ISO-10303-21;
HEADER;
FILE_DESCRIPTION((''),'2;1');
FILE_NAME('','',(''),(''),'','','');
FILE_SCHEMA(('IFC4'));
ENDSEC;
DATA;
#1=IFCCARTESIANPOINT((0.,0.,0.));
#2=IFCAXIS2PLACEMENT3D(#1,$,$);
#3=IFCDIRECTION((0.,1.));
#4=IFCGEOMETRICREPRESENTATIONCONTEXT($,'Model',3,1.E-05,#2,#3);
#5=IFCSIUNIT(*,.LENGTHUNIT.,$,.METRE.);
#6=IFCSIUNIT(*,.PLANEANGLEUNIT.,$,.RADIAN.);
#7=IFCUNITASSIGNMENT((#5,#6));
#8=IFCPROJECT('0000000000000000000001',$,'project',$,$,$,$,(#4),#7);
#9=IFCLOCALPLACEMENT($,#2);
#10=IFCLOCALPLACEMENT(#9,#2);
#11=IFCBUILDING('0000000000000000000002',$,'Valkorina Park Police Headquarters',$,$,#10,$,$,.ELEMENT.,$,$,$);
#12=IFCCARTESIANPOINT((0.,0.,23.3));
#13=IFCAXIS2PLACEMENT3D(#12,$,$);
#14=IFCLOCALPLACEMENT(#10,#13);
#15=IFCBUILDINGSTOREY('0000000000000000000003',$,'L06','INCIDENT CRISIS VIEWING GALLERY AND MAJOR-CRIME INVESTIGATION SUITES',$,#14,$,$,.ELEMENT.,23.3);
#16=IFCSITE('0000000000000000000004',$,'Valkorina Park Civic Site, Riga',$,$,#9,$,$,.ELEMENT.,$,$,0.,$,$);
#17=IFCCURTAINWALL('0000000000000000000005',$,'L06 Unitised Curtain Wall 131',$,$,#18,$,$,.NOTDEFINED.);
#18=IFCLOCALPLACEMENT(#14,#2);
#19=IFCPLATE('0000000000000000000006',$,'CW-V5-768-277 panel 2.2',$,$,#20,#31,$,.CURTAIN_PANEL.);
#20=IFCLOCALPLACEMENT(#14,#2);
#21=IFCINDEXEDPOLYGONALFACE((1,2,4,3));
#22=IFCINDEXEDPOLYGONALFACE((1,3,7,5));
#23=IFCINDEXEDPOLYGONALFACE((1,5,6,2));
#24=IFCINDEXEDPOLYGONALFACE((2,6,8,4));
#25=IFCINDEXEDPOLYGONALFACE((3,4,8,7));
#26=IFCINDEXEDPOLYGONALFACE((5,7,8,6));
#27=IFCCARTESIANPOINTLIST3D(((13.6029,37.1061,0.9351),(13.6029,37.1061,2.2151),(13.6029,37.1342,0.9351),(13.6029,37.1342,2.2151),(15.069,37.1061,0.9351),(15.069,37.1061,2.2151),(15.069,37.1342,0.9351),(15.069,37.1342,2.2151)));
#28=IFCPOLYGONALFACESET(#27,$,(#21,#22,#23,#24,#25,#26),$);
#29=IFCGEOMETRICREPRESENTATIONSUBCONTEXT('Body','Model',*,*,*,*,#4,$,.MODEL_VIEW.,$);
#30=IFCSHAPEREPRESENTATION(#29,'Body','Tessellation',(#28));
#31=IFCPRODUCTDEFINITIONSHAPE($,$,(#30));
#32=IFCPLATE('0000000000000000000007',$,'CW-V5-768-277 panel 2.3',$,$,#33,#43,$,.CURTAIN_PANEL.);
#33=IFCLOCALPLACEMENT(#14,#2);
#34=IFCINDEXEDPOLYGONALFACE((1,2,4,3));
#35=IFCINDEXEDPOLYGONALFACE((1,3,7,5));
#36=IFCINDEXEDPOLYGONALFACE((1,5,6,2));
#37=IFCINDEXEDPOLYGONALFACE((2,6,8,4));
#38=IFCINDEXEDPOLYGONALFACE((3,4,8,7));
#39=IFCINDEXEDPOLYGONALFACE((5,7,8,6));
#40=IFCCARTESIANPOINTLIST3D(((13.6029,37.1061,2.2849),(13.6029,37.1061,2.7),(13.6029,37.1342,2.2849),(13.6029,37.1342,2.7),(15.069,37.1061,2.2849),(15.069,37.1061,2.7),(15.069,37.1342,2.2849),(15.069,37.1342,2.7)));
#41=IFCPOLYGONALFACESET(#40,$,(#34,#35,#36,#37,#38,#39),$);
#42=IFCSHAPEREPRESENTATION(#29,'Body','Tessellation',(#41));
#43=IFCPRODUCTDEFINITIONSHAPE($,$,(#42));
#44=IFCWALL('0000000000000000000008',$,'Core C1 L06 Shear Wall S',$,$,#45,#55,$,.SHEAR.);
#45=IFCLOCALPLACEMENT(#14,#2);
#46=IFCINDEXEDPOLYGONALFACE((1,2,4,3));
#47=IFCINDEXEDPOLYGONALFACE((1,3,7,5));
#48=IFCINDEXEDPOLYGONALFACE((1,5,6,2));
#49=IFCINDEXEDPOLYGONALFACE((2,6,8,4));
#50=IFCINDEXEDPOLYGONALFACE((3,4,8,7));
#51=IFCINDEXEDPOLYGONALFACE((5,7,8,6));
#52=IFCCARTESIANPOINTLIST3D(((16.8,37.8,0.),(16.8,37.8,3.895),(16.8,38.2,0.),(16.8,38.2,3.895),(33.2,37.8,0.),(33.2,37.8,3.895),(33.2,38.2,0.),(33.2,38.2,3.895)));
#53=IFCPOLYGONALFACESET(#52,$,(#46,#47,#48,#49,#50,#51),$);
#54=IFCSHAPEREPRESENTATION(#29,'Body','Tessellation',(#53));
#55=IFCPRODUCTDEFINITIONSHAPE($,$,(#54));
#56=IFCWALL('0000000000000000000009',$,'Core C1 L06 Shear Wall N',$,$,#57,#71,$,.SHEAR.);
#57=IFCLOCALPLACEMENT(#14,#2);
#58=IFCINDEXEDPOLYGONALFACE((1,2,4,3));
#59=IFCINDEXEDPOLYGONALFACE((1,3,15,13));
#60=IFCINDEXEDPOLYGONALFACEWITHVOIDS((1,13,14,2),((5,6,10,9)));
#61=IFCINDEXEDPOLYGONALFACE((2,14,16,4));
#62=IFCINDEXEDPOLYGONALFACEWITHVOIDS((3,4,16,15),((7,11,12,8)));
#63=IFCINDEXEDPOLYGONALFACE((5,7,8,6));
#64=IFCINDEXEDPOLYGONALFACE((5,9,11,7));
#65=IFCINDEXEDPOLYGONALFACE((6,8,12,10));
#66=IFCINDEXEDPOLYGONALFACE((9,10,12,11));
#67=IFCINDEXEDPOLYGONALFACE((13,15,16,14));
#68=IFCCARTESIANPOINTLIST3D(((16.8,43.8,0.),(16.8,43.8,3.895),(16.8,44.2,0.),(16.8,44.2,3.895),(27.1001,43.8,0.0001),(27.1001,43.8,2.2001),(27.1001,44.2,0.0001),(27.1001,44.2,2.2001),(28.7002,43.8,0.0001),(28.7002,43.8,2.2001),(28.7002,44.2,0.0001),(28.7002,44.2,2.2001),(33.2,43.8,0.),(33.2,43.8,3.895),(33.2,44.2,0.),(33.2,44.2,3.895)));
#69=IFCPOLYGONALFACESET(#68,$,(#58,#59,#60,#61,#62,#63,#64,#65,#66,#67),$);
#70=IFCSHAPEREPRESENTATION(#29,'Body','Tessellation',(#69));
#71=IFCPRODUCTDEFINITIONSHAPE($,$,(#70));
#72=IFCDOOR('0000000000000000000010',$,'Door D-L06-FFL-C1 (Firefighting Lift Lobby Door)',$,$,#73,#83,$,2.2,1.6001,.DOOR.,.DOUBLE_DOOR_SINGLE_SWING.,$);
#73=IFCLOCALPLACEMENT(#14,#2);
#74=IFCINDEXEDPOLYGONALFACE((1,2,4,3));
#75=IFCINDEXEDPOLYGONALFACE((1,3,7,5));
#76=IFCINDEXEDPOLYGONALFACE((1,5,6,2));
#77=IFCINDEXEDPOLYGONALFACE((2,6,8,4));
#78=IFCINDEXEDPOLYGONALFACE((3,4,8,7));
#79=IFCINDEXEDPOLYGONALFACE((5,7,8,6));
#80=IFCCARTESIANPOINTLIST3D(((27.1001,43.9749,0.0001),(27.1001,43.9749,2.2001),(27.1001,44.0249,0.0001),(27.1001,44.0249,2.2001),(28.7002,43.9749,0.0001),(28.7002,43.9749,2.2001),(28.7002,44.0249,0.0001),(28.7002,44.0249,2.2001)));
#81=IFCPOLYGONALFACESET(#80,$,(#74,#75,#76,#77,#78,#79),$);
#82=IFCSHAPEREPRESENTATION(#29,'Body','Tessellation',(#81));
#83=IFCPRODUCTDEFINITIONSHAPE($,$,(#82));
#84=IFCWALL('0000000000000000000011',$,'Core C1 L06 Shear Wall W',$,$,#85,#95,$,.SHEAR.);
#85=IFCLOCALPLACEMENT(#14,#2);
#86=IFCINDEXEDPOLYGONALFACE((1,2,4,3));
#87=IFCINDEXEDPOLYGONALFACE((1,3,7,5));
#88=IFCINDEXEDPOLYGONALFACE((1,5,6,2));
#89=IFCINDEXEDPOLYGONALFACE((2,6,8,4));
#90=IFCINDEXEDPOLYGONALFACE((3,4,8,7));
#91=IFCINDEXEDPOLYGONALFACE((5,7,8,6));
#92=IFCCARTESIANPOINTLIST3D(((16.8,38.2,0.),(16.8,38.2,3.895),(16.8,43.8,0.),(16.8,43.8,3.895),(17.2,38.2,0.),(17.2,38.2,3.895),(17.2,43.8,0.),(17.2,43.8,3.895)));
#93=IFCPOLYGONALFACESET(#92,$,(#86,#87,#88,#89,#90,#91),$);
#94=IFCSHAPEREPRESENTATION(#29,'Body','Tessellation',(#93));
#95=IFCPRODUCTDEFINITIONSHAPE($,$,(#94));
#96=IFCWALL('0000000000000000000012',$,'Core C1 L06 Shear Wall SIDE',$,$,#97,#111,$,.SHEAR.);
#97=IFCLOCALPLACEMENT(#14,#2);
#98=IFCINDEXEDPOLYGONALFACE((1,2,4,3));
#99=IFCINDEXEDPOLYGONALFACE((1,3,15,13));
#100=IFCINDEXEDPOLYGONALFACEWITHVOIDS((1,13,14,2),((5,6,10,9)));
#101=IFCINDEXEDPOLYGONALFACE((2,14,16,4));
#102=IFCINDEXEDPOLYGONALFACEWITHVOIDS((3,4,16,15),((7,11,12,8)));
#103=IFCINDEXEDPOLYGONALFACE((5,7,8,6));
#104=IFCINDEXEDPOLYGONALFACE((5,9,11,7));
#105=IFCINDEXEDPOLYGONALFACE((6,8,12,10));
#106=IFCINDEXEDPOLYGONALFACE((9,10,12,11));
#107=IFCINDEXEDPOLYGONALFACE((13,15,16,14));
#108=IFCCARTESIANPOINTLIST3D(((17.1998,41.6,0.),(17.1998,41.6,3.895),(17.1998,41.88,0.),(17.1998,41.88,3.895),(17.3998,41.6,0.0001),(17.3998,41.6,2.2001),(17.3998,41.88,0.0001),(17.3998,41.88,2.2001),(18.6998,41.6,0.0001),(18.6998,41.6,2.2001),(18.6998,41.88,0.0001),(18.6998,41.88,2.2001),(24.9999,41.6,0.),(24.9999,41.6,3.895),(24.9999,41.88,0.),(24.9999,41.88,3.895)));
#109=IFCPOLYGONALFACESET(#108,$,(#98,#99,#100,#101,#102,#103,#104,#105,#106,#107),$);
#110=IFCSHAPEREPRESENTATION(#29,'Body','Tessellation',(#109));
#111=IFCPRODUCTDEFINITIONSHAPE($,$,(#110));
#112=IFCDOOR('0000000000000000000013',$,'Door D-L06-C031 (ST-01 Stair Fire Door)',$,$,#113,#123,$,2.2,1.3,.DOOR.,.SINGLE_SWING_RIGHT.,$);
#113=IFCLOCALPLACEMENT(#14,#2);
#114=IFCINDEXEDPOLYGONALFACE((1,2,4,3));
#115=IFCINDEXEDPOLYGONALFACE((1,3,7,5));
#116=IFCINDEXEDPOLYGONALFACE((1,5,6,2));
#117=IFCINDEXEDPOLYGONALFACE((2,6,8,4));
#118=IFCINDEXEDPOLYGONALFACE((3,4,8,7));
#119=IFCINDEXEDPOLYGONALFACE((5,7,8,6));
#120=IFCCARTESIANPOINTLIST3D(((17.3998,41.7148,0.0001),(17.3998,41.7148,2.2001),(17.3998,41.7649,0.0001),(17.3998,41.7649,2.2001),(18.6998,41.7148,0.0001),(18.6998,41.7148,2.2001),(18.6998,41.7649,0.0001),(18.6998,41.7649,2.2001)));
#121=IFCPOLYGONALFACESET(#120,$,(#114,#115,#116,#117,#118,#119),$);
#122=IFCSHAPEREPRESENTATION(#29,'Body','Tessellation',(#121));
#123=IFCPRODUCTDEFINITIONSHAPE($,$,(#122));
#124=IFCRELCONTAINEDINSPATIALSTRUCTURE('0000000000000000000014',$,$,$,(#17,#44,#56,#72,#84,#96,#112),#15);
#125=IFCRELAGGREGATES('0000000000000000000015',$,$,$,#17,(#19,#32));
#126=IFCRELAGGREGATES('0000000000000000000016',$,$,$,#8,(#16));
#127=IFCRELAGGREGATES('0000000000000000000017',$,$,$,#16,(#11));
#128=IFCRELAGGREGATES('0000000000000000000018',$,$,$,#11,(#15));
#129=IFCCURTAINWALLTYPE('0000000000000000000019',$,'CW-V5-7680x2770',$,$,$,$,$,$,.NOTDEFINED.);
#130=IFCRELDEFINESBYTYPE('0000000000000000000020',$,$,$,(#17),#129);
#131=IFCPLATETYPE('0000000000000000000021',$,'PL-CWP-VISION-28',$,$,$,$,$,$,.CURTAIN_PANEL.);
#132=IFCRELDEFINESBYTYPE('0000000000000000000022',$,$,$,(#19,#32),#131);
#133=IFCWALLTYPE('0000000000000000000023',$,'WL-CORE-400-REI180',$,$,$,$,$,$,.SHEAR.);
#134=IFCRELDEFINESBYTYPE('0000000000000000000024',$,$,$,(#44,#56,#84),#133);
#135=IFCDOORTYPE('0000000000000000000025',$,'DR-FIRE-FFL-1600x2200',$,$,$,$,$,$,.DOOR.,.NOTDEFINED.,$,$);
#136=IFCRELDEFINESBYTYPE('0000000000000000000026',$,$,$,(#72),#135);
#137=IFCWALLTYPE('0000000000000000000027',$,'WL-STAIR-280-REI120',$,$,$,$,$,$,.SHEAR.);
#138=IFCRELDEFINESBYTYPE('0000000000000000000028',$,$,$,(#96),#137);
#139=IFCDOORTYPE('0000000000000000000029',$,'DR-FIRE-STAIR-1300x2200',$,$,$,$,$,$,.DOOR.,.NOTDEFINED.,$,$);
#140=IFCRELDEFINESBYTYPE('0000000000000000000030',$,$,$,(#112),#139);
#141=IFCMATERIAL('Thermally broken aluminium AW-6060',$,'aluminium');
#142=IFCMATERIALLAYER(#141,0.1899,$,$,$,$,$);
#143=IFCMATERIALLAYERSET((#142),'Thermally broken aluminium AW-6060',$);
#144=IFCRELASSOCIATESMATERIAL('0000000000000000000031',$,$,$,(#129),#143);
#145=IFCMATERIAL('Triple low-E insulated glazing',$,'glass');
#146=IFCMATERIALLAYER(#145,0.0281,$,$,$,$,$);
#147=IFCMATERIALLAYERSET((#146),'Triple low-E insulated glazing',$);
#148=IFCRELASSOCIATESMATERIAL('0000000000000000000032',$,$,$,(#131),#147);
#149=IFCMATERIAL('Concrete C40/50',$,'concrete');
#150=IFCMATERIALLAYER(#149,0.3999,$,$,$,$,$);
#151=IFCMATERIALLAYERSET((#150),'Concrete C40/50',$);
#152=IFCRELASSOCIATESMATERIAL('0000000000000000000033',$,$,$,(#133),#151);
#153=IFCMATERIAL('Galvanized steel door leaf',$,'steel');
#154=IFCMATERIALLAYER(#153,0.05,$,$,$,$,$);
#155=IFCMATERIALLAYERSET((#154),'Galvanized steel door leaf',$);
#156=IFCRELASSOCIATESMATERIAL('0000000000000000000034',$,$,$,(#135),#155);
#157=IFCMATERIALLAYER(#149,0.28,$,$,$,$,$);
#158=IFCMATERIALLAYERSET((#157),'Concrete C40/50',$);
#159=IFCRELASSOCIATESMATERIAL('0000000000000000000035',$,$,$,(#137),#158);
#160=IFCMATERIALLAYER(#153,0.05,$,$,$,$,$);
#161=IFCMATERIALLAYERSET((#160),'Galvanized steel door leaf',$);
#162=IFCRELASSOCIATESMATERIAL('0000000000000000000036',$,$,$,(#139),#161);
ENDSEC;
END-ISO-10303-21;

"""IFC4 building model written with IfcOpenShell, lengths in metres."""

from ifc_helpers import new_model, si_unit, direction, frame, frame_2d, origin, origin_2d, place, context, subcontext, project, spatial, rectangle, extrude, material, layer, layer_set, type_object, element, fill, aggregate, save


model = new_model("IFC4")

# Units and contexts
model_context = context("Model", 3, precision=1e-05, world=origin(), true_north=direction((0.0, 1.0)))
body_context = subcontext(model_context, "Body", "Model", "MODEL_VIEW")
ifc_project = project(units=[si_unit("LENGTHUNIT", "METRE"), si_unit("PLANEANGLEUNIT", "RADIAN")], contexts=[model_context])

# Site, building, storey
site_placement = place(None, origin())
site = spatial("IfcSite", under=ifc_project, at=site_placement, Name="Valkorina Park Civic Site, Riga", CompositionType="ELEMENT", RefElevation=0.0)
building_placement = place(site_placement, origin())
building = spatial("IfcBuilding", under=site, at=building_placement, Name="Valkorina Park Police Headquarters", CompositionType="ELEMENT")
storey_placement = place(building_placement, frame((0.0, 0.0, 23.3)))
storey = spatial("IfcBuildingStorey", under=building, at=storey_placement, Name="L06", Description="INCIDENT CRISIS VIEWING GALLERY AND MAJOR-CRIME INVESTIGATION SUITES", CompositionType="ELEMENT", Elevation=23.3)

# Shared definitions
ifc_material_1 = material(Name="Thermally broken aluminium AW-6060", Category="aluminium")
ifc_layer_1 = layer(ifc_material_1, 0.1899)
ifc_layer_set_1 = layer_set([ifc_layer_1], Name="Thermally broken aluminium AW-6060")
curtain_wall_type = type_object("IfcCurtainWallType", Name="CW-V5-7680x2770", PredefinedType="NOTDEFINED", material=ifc_layer_set_1)

# Curtain wall
curtain_wall_1_placement = place(storey_placement, origin())
curtain_wall_1 = element("IfcCurtainWall", 1, at=curtain_wall_1_placement, inside=storey, type_object=curtain_wall_type, Name="L06 Unitised Curtain Wall 131", PredefinedType="NOTDEFINED")

# Plates
ifc_material_2 = material(Name="Triple low-E insulated glazing", Category="glass")
ifc_layer_2 = layer(ifc_material_2, 0.0281)
ifc_layer_set_2 = layer_set([ifc_layer_2], Name="Triple low-E insulated glazing")
plate_type_1 = type_object("IfcPlateType", Name="PL-CWP-VISION-28", PredefinedType="CURTAIN_PANEL", material=ifc_layer_set_2)
plate_1_placement = place(storey_placement, frame((14.3359, 37.1201, 0.9351), z_axis=(0.0, 0.0, 1.0), x_axis=(-1.0, 0.0, 0.0)))
plate_1 = element("IfcPlate", 2, at=plate_1_placement, type_object=plate_type_1, Name="CW-V5-768-277 panel 2.2", PredefinedType="CURTAIN_PANEL", context=body_context, shape_type="SweptSolid", body=[
    extrude(rectangle(XDim=1.4661, YDim=0.0281, at=origin_2d()), origin(), (0.0, 0.0, 1.0), 1.28),
])
plate_2_placement = place(storey_placement, frame((14.3359, 37.1201, 2.2849), z_axis=(0.0, 0.0, 1.0), x_axis=(-1.0, 0.0, 0.0)))
plate_2 = element("IfcPlate", 3, at=plate_2_placement, type_object=plate_type_1, Name="CW-V5-768-277 panel 2.3", PredefinedType="CURTAIN_PANEL", context=body_context, shape_type="SweptSolid", body=[
    extrude(rectangle(XDim=1.4661, YDim=0.0281, at=origin_2d()), origin(), (0.0, 0.0, 1.0), 0.415),
])
aggregate(curtain_wall_1, [plate_1, plate_2])

# Wall
ifc_material_3 = material(Name="Concrete C40/50", Category="concrete")
ifc_layer_3 = layer(ifc_material_3, 0.3999)
ifc_layer_set_3 = layer_set([ifc_layer_3], Name="Concrete C40/50")
wall_type_1 = type_object("IfcWallType", Name="WL-CORE-400-REI180", PredefinedType="SHEAR", material=ifc_layer_set_3)
wall_1_placement = place(storey_placement, frame((16.8, 38.0, 0.0), z_axis=(0.0, 0.0, 1.0), x_axis=(1.0, 0.0, 0.0)))
element("IfcWall", 4, at=wall_1_placement, inside=storey, type_object=wall_type_1, Name="Core C1 L06 Shear Wall S", PredefinedType="SHEAR", context=body_context, shape_type="SweptSolid", body=[
    extrude(rectangle(XDim=16.3999, YDim=0.3999, at=frame_2d((8.2, 0.0))), origin(), (0.0, 0.0, 1.0), 3.895),
])

# Wall, opening, door
wall_2_placement = place(storey_placement, frame((16.8, 44.0, 0.0), z_axis=(0.0, 0.0, 1.0), x_axis=(1.0, 0.0, 0.0)))
wall_2 = element("IfcWall", 5, at=wall_2_placement, inside=storey, type_object=wall_type_1, Name="Core C1 L06 Shear Wall N", PredefinedType="SHEAR", context=body_context, shape_type="SweptSolid", body=[
    extrude(rectangle(XDim=16.3999, YDim=0.3999, at=frame_2d((8.2, 0.0))), origin(), (0.0, 0.0, 1.0), 3.895),
])
opening_1_placement = place(wall_2_placement, frame((10.3, 0.0, 0.0)))
opening_1 = element("IfcOpeningElement", 6, at=opening_1_placement, cuts=wall_2, PredefinedType="OPENING", context=body_context, shape_type="SweptSolid", body=[
    extrude(rectangle(XDim=1.6001, YDim=2.2, at=frame_2d((0.8, 1.1001))), frame((0.0, 0.21, 0.0), z_axis=(0.0, -1.0, 0.0), x_axis=(1.0, 0.0, 0.0)), (0.0, 0.0, 1.0), 0.4199),
])
ifc_material_4 = material(Name="Galvanized steel door leaf", Category="steel")
ifc_layer_4 = layer(ifc_material_4, 0.05)
ifc_layer_set_4 = layer_set([ifc_layer_4], Name="Galvanized steel door leaf")
door_type_1 = type_object("IfcDoorType", Name="DR-FIRE-FFL-1600x2200", OperationType="NOTDEFINED", PredefinedType="DOOR", material=ifc_layer_set_4)
door_1_placement = place(opening_1_placement, origin())
door_1 = element("IfcDoor", 7, at=door_1_placement, inside=storey, type_object=door_type_1, Name="Door D-L06-FFL-C1 (Firefighting Lift Lobby Door)", OperationType="DOUBLE_DOOR_SINGLE_SWING", OverallHeight=2.2, OverallWidth=1.6001, PredefinedType="DOOR", context=body_context, shape_type="SweptSolid", body=[
    extrude(rectangle(XDim=1.6001, YDim=2.2, at=frame_2d((0.8, 1.1001))), frame((0.0, 0.0249, 0.0), z_axis=(0.0, -1.0, 0.0), x_axis=(1.0, 0.0, 0.0)), (0.0, 0.0, 1.0), 0.05),
])
fill(opening_1, door_1)

# Wall
wall_3_placement = place(storey_placement, frame((17.0, 38.2, 0.0), z_axis=(0.0, 0.0, 1.0), x_axis=(0.0, 1.0, 0.0)))
element("IfcWall", 8, at=wall_3_placement, inside=storey, type_object=wall_type_1, Name="Core C1 L06 Shear Wall W", PredefinedType="SHEAR", context=body_context, shape_type="SweptSolid", body=[
    extrude(rectangle(XDim=5.6001, YDim=0.3999, at=frame_2d((2.8, 0.0))), origin(), (0.0, 0.0, 1.0), 3.895),
])

# Wall, opening, door
ifc_layer_5 = layer(ifc_material_3, 0.28)
ifc_layer_set_5 = layer_set([ifc_layer_5], Name="Concrete C40/50")
wall_type_2 = type_object("IfcWallType", Name="WL-STAIR-280-REI120", PredefinedType="SHEAR", material=ifc_layer_set_5)
wall_4_placement = place(storey_placement, frame((17.2, 41.74, 0.0), z_axis=(0.0, 0.0, 1.0), x_axis=(1.0, 0.0, 0.0)))
wall_4 = element("IfcWall", 9, at=wall_4_placement, inside=storey, type_object=wall_type_2, Name="Core C1 L06 Shear Wall SIDE", PredefinedType="SHEAR", context=body_context, shape_type="SweptSolid", body=[
    extrude(rectangle(XDim=7.8, YDim=0.28, at=frame_2d((3.8999, 0.0))), origin(), (0.0, 0.0, 1.0), 3.895),
])
opening_2_placement = place(wall_4_placement, frame((0.2, 0.0, 0.0)))
opening_2 = element("IfcOpeningElement", 10, at=opening_2_placement, cuts=wall_4, PredefinedType="OPENING", context=body_context, shape_type="SweptSolid", body=[
    extrude(rectangle(XDim=1.3, YDim=2.2, at=frame_2d((0.6499, 1.1001))), frame((0.0, 0.1499, 0.0), z_axis=(0.0, -1.0, 0.0), x_axis=(1.0, 0.0, 0.0)), (0.0, 0.0, 1.0), 0.3),
])
ifc_layer_6 = layer(ifc_material_4, 0.05)
ifc_layer_set_6 = layer_set([ifc_layer_6], Name="Galvanized steel door leaf")
door_type_2 = type_object("IfcDoorType", Name="DR-FIRE-STAIR-1300x2200", OperationType="NOTDEFINED", PredefinedType="DOOR", material=ifc_layer_set_6)
door_2_placement = place(opening_2_placement, origin())
door_2 = element("IfcDoor", 11, at=door_2_placement, inside=storey, type_object=door_type_2, Name="Door D-L06-C031 (ST-01 Stair Fire Door)", OperationType="SINGLE_SWING_RIGHT", OverallHeight=2.2, OverallWidth=1.3, PredefinedType="DOOR", context=body_context, shape_type="SweptSolid", body=[
    extrude(rectangle(XDim=1.3, YDim=2.2, at=frame_2d((0.6499, 1.1001))), frame((0.0, 0.0249, 0.0), z_axis=(0.0, -1.0, 0.0), x_axis=(1.0, 0.0, 0.0)), (0.0, 0.0, 1.0), 0.05),
])
fill(opening_2, door_2)

save(model, "model.ifc")
